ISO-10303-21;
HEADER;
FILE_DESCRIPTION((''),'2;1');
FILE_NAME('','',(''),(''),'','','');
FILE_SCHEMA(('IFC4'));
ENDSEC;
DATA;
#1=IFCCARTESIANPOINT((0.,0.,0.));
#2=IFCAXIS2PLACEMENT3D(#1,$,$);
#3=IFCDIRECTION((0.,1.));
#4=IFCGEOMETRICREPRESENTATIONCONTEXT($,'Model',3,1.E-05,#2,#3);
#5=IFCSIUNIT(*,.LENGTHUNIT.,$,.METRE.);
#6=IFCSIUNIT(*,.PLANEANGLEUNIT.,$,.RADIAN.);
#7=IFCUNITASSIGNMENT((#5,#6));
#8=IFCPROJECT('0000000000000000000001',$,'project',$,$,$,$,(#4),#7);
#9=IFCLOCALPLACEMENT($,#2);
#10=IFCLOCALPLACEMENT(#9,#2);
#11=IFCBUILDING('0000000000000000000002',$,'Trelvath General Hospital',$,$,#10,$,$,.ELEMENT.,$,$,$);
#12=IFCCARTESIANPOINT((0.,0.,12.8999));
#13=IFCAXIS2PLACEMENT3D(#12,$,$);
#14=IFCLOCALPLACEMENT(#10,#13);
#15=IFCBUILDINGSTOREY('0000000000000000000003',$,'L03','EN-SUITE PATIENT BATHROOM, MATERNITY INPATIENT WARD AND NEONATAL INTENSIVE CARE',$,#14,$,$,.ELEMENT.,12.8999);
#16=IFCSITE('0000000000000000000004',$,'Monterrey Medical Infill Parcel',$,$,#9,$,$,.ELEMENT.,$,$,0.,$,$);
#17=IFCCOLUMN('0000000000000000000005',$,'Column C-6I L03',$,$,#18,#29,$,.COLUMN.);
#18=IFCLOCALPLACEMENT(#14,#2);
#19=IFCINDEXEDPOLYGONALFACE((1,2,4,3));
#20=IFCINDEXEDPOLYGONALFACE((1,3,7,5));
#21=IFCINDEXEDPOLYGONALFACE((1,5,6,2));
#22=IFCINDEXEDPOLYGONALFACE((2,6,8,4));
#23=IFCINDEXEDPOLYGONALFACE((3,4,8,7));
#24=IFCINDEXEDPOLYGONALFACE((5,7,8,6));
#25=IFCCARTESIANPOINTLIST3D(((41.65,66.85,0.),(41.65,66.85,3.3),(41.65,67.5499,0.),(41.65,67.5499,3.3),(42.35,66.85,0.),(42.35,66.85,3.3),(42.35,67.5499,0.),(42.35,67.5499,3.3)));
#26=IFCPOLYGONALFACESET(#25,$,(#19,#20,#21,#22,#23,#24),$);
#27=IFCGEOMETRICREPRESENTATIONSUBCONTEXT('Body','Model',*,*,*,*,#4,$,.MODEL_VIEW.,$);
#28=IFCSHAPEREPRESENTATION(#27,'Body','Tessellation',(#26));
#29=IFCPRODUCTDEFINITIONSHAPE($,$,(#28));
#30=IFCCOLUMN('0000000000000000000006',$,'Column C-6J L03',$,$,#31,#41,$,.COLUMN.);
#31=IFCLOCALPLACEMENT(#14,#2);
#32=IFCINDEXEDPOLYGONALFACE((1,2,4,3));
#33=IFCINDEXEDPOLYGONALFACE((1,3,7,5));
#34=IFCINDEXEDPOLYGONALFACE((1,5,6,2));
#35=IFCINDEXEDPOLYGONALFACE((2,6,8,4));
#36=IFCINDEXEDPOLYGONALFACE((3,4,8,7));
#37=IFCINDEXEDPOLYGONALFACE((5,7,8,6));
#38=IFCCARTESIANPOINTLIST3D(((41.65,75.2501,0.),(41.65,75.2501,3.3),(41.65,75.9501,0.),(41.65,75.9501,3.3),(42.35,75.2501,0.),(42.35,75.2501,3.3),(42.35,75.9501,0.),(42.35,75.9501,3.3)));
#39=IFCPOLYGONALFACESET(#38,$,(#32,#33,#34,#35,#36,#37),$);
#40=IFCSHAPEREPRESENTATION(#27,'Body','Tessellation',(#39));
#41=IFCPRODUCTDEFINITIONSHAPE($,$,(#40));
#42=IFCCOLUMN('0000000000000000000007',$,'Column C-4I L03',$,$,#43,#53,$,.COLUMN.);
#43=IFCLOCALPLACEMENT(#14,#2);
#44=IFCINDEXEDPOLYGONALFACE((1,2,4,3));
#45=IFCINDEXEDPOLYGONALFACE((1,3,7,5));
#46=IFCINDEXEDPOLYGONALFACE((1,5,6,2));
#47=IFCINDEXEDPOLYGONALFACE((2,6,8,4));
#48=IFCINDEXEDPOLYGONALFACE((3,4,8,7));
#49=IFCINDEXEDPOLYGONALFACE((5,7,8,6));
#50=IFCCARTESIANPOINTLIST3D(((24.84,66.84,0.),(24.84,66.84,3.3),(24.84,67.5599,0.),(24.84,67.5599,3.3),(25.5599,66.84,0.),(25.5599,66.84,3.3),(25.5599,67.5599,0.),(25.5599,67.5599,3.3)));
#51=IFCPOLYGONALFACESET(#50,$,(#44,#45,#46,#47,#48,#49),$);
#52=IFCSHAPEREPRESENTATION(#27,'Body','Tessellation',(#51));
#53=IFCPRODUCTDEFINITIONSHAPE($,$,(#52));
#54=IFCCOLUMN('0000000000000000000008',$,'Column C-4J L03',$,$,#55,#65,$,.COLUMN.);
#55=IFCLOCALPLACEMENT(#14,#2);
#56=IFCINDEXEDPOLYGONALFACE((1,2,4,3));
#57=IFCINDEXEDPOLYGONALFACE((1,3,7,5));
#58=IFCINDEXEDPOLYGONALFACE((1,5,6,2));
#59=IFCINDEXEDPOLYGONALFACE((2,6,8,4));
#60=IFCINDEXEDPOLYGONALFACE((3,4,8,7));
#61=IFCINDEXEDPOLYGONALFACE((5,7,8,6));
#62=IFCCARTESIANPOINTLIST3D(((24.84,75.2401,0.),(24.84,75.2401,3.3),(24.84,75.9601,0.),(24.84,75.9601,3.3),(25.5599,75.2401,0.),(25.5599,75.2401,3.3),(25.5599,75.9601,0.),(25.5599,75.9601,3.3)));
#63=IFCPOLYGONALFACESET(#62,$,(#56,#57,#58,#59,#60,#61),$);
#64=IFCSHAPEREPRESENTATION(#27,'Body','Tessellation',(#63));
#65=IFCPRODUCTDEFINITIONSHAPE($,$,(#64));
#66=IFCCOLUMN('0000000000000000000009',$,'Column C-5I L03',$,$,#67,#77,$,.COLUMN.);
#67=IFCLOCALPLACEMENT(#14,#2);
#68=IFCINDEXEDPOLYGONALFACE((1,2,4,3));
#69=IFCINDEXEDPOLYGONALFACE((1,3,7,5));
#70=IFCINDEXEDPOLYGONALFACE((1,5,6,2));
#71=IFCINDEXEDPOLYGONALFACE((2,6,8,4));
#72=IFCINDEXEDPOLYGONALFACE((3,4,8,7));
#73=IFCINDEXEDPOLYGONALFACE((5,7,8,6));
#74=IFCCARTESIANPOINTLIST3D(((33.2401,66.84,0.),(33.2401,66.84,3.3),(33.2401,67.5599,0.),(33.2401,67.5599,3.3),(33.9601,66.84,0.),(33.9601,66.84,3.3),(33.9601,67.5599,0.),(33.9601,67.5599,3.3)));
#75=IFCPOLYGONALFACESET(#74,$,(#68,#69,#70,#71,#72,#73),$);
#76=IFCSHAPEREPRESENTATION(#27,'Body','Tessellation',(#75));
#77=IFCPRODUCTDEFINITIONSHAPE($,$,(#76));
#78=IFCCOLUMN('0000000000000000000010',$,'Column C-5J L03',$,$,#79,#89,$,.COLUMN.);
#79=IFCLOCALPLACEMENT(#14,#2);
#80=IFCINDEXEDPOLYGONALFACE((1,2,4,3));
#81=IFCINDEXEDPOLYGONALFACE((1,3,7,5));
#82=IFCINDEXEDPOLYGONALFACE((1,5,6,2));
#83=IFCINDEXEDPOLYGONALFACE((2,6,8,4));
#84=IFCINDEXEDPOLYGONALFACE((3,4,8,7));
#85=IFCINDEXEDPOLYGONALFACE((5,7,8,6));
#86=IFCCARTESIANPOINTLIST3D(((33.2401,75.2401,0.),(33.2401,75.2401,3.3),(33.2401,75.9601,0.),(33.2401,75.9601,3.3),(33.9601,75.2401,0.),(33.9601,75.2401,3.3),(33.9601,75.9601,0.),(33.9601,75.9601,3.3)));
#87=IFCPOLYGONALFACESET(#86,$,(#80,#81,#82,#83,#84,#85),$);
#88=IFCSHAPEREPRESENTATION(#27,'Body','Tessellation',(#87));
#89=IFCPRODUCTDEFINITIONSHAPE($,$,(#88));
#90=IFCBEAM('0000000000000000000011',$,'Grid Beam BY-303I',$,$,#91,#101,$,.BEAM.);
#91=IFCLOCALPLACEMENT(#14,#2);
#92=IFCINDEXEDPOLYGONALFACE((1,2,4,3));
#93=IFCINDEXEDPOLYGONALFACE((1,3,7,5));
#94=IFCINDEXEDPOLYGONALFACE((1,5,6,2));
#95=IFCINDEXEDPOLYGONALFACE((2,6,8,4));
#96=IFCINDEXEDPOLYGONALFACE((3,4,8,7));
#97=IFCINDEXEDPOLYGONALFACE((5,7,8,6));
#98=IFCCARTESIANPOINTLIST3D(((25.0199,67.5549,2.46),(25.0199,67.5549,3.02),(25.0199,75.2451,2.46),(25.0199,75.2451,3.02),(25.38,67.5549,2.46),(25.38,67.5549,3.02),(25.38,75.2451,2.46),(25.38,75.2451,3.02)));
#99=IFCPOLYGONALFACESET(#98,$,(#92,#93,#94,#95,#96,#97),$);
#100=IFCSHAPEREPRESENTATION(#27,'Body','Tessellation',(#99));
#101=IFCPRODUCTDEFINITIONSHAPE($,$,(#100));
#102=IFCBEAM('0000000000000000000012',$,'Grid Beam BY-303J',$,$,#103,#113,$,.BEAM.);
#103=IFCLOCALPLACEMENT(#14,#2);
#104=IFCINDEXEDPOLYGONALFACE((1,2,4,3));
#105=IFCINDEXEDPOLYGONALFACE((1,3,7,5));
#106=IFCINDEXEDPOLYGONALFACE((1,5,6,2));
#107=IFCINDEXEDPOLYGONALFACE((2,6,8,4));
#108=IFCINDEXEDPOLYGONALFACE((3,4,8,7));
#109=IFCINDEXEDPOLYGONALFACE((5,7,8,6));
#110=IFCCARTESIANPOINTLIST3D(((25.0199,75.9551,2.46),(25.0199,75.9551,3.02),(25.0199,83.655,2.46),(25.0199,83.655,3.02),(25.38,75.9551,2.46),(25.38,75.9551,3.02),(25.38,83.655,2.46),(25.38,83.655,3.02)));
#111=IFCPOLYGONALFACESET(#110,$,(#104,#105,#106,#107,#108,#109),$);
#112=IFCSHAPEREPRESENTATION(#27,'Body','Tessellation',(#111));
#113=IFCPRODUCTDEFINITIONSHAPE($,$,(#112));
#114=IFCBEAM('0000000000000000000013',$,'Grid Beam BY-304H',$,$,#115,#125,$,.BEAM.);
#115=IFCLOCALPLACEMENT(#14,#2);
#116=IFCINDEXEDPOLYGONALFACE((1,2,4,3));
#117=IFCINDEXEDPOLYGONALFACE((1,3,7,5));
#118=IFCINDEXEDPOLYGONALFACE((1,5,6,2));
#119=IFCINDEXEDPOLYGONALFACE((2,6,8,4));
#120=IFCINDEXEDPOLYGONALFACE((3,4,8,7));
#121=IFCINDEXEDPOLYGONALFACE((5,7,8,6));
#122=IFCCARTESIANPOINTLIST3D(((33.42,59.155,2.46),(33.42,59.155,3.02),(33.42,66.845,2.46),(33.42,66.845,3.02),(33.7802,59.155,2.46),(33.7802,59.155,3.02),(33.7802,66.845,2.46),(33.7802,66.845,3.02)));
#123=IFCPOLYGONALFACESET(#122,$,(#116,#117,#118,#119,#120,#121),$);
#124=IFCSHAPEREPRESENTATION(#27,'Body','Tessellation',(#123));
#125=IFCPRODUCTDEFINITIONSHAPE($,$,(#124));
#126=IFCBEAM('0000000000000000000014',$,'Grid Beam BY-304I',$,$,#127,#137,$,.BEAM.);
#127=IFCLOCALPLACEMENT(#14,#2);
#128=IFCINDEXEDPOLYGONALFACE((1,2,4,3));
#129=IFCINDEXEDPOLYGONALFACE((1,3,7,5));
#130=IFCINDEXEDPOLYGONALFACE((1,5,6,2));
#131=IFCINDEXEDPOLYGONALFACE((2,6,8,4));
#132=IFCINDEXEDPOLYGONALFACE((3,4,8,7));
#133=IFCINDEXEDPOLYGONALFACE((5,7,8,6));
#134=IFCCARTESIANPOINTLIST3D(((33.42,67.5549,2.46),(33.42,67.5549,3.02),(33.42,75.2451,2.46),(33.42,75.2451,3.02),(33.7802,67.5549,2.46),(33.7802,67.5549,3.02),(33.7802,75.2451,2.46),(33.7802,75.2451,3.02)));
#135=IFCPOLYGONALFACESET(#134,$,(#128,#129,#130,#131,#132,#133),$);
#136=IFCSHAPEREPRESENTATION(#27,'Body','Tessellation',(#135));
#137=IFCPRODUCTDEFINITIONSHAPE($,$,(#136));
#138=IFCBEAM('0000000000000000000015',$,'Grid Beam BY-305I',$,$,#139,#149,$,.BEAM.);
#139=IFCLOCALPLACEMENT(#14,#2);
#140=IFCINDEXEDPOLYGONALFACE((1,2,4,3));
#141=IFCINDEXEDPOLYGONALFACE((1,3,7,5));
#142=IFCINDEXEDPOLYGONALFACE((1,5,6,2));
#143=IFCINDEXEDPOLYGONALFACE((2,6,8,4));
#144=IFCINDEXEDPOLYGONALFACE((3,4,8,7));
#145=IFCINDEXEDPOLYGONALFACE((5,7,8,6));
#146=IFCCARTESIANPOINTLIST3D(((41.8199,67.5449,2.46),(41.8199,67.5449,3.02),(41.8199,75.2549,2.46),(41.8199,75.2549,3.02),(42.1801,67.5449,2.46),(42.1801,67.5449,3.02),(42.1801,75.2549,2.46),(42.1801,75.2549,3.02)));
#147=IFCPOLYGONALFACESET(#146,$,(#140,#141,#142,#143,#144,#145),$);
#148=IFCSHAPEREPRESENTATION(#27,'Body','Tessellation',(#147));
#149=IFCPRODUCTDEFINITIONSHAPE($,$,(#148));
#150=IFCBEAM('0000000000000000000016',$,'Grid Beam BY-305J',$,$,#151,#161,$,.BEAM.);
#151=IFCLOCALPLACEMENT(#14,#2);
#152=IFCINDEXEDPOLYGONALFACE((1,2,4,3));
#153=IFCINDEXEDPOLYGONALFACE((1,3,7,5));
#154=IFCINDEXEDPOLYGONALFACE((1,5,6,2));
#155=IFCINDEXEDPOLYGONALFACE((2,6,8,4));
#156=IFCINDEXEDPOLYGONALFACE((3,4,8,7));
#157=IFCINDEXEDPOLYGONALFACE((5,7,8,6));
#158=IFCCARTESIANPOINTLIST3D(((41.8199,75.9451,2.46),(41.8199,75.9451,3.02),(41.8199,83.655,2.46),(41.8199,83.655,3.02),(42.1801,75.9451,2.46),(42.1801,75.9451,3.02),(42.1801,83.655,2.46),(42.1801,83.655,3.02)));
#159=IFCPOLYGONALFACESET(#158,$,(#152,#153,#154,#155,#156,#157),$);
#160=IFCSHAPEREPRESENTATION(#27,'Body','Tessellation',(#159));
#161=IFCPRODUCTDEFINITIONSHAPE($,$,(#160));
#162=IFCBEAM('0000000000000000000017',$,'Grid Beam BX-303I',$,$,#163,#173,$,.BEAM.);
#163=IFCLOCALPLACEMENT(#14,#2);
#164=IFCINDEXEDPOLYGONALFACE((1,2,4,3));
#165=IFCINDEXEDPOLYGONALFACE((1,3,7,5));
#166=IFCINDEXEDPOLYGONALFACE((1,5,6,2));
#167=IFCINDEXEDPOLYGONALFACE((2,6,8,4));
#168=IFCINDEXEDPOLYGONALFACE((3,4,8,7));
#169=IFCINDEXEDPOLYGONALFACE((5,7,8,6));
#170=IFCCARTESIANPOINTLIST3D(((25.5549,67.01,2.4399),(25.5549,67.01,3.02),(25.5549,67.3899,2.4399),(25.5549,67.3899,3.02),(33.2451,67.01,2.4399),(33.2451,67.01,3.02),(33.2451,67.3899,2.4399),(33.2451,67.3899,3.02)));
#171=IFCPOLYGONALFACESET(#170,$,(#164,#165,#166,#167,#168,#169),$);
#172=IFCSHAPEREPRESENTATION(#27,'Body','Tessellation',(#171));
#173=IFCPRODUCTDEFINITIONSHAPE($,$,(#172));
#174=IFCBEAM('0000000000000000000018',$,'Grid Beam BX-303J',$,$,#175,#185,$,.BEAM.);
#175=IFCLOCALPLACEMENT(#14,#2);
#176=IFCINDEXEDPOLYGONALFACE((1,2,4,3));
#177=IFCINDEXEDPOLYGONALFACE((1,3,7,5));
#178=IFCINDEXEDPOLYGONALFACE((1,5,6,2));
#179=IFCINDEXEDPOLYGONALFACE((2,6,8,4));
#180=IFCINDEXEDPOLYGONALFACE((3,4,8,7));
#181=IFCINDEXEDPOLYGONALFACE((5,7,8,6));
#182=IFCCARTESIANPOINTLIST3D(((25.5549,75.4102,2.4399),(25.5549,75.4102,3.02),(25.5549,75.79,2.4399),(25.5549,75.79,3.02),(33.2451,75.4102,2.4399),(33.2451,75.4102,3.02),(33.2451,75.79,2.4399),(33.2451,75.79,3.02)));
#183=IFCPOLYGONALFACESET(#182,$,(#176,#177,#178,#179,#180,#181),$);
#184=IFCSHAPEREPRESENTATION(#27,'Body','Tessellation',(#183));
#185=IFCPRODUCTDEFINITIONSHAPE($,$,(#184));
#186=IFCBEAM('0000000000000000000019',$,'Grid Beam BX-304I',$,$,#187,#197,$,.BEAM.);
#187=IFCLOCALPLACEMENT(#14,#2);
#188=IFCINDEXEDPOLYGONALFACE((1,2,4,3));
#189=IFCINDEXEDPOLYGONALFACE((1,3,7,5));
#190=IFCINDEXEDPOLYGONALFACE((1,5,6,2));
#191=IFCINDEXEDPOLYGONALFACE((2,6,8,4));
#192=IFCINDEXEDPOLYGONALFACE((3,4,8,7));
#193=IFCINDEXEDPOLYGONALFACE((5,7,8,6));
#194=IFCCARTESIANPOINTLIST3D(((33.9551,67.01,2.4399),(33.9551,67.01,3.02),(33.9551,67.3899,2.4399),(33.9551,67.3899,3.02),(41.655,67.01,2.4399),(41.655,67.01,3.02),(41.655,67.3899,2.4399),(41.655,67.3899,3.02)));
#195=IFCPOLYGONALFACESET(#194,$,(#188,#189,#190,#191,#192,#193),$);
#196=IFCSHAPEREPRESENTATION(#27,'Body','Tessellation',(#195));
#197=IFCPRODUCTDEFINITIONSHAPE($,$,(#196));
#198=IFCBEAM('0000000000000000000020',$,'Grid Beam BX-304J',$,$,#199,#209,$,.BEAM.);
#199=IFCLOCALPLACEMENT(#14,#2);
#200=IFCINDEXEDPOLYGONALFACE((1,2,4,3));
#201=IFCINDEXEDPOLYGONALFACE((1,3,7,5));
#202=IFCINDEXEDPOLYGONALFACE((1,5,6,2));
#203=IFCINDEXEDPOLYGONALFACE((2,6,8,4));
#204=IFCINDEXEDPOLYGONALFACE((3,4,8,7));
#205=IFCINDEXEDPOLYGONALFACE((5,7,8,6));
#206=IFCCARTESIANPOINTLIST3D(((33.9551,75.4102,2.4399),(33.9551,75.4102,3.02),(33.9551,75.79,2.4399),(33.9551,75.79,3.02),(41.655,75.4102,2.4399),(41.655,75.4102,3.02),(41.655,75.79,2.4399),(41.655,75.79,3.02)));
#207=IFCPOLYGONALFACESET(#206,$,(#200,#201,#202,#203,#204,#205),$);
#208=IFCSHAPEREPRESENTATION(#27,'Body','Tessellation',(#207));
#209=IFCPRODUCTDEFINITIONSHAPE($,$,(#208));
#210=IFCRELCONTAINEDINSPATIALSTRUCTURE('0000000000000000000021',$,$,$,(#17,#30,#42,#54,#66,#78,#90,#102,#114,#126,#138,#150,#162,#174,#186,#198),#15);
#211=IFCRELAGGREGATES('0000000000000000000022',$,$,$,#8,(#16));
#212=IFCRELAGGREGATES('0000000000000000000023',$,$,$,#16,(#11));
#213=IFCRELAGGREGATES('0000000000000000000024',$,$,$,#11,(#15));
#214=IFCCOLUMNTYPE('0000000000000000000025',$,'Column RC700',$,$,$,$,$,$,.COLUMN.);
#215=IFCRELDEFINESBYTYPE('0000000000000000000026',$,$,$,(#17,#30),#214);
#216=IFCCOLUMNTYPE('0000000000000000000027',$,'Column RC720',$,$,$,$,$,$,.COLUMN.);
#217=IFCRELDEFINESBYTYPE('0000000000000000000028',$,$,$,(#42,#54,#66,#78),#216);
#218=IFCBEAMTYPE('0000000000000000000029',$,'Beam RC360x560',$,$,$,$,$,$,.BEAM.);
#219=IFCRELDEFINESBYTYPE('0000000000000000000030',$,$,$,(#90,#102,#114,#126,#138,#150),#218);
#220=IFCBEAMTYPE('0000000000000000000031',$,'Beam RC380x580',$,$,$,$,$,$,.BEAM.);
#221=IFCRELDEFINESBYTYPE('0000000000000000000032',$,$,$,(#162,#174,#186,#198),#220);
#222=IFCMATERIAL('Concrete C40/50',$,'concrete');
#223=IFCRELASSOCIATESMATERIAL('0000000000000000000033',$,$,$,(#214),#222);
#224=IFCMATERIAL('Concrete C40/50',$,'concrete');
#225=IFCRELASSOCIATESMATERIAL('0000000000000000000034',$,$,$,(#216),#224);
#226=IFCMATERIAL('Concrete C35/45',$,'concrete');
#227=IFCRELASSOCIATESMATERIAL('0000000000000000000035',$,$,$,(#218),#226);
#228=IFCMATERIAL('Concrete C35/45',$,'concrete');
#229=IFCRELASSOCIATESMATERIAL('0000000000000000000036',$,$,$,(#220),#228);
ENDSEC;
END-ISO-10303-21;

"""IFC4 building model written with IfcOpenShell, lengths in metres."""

from ifc_helpers import new_model, si_unit, direction, frame, origin, origin_2d, place, context, subcontext, project, spatial, rectangle, extrude, material, material_profile, profile_set, type_object, element, save


model = new_model("IFC4")

# Units and contexts
model_context = context("Model", 3, precision=1e-05, world=origin(), true_north=direction((0.0, 1.0)))
body_context = subcontext(model_context, "Body", "Model", "MODEL_VIEW")
ifc_project = project(units=[si_unit("LENGTHUNIT", "METRE"), si_unit("PLANEANGLEUNIT", "RADIAN")], contexts=[model_context])

# Site, building, storey
site_placement = place(None, origin())
site = spatial("IfcSite", under=ifc_project, at=site_placement, Name="Monterrey Medical Infill Parcel", CompositionType="ELEMENT", RefElevation=0.0)
building_placement = place(site_placement, origin())
building = spatial("IfcBuilding", under=site, at=building_placement, Name="Trelvath General Hospital", CompositionType="ELEMENT")
storey_placement = place(building_placement, frame((0.0, 0.0, 12.8999)))
storey = spatial("IfcBuildingStorey", under=building, at=storey_placement, Name="L03", Description="EN-SUITE PATIENT BATHROOM, MATERNITY INPATIENT WARD AND NEONATAL INTENSIVE CARE", CompositionType="ELEMENT", Elevation=12.8999)

# Columns
ifc_material_1 = material(Name="Concrete C40/50", Category="concrete")
ifc_material_profile_1 = material_profile(ifc_material_1, rectangle(XDim=0.7, YDim=0.7, at=origin_2d()), Name="RC700x700")
ifc_profile_set_1 = profile_set([ifc_material_profile_1], Name="Concrete C40/50")
column_type_1 = type_object("IfcColumnType", Name="Column RC700", PredefinedType="COLUMN", material=ifc_profile_set_1)
for number, where, z_axis, x_axis, name in (
    (1, (42.0, 67.2, 0.0), (0.0, 0.0, 1.0), (1.0, 0.0, 0.0), "Column C-6I L03"),
    (2, (42.0, 75.6001, 0.0), (0.0, 0.0, 1.0), (1.0, 0.0, 0.0), "Column C-6J L03"),
):
    element("IfcColumn", number, at=place(storey_placement, frame(where, z_axis=z_axis, x_axis=x_axis)), inside=storey, type_object=column_type_1, Name=name, PredefinedType="COLUMN", context=body_context, shape_type="SweptSolid", body=[
        extrude(rectangle(XDim=0.7, YDim=0.7, at=origin_2d()), origin(), (0.0, 0.0, 1.0), 3.3),
    ])
ifc_material_2 = material(Name="Concrete C40/50", Category="concrete")
ifc_material_profile_2 = material_profile(ifc_material_2, rectangle(XDim=0.72, YDim=0.72, at=origin_2d()), Name="RC720x720")
ifc_profile_set_2 = profile_set([ifc_material_profile_2], Name="Concrete C40/50")
column_type_2 = type_object("IfcColumnType", Name="Column RC720", PredefinedType="COLUMN", material=ifc_profile_set_2)
for number, where, z_axis, x_axis, name in (
    (3, (25.2, 67.2, 0.0), (0.0, 0.0, 1.0), (1.0, 0.0, 0.0), "Column C-4I L03"),
    (4, (25.2, 75.6001, 0.0), (0.0, 0.0, 1.0), (1.0, 0.0, 0.0), "Column C-4J L03"),
    (5, (33.6001, 67.2, 0.0), (0.0, 0.0, 1.0), (1.0, 0.0, 0.0), "Column C-5I L03"),
    (6, (33.6001, 75.6001, 0.0), (0.0, 0.0, 1.0), (1.0, 0.0, 0.0), "Column C-5J L03"),
):
    element("IfcColumn", number, at=place(storey_placement, frame(where, z_axis=z_axis, x_axis=x_axis)), inside=storey, type_object=column_type_2, Name=name, PredefinedType="COLUMN", context=body_context, shape_type="SweptSolid", body=[
        extrude(rectangle(XDim=0.72, YDim=0.72, at=origin_2d()), origin(), (0.0, 0.0, 1.0), 3.3),
    ])

# Beams
ifc_material_3 = material(Name="Concrete C35/45", Category="concrete")
ifc_material_profile_3 = material_profile(ifc_material_3, rectangle(XDim=0.3601, YDim=0.5601, at=origin_2d()), Name="RCB360x560")
ifc_profile_set_3 = profile_set([ifc_material_profile_3], Name="Concrete C35/45")
beam_type_1 = type_object("IfcBeamType", Name="Beam RC360x560", PredefinedType="BEAM", material=ifc_profile_set_3)
beam_1_placement = place(storey_placement, frame((25.2, 67.5549, 2.74), z_axis=(0.0, 1.0, 0.0), x_axis=(-1.0, 0.0, 0.0)))
element("IfcBeam", 7, at=beam_1_placement, inside=storey, type_object=beam_type_1, Name="Grid Beam BY-303I", PredefinedType="BEAM", context=body_context, shape_type="SweptSolid", body=[
    extrude(rectangle(XDim=0.3601, YDim=0.5601, at=origin_2d()), origin(), (0.0, 0.0, 1.0), 7.6902),
])
beam_2_placement = place(storey_placement, frame((25.2, 75.9551, 2.74), z_axis=(0.0, 1.0, 0.0), x_axis=(-1.0, 0.0, 0.0)))
element("IfcBeam", 8, at=beam_2_placement, inside=storey, type_object=beam_type_1, Name="Grid Beam BY-303J", PredefinedType="BEAM", context=body_context, shape_type="SweptSolid", body=[
    extrude(rectangle(XDim=0.3601, YDim=0.5601, at=origin_2d()), origin(), (0.0, 0.0, 1.0), 7.7),
])
beam_3_placement = place(storey_placement, frame((33.6001, 59.155, 2.74), z_axis=(0.0, 1.0, 0.0), x_axis=(-1.0, 0.0, 0.0)))
element("IfcBeam", 9, at=beam_3_placement, inside=storey, type_object=beam_type_1, Name="Grid Beam BY-304H", PredefinedType="BEAM", context=body_context, shape_type="SweptSolid", body=[
    extrude(rectangle(XDim=0.3601, YDim=0.5601, at=origin_2d()), origin(), (0.0, 0.0, 1.0), 7.6899),
])
beam_4_placement = place(storey_placement, frame((33.6001, 67.5549, 2.74), z_axis=(0.0, 1.0, 0.0), x_axis=(-1.0, 0.0, 0.0)))
element("IfcBeam", 10, at=beam_4_placement, inside=storey, type_object=beam_type_1, Name="Grid Beam BY-304I", PredefinedType="BEAM", context=body_context, shape_type="SweptSolid", body=[
    extrude(rectangle(XDim=0.3601, YDim=0.5601, at=origin_2d()), origin(), (0.0, 0.0, 1.0), 7.6902),
])
for number, where, z_axis, x_axis, name in (
    (11, (42.0, 67.5449, 2.74), (0.0, 1.0, 0.0), (-1.0, 0.0, 0.0), "Grid Beam BY-305I"),
    (12, (42.0, 75.9451, 2.74), (0.0, 1.0, 0.0), (-1.0, 0.0, 0.0), "Grid Beam BY-305J"),
):
    element("IfcBeam", number, at=place(storey_placement, frame(where, z_axis=z_axis, x_axis=x_axis)), inside=storey, type_object=beam_type_1, Name=name, PredefinedType="BEAM", context=body_context, shape_type="SweptSolid", body=[
        extrude(rectangle(XDim=0.3601, YDim=0.5601, at=origin_2d()), origin(), (0.0, 0.0, 1.0), 7.71),
    ])
ifc_material_4 = material(Name="Concrete C35/45", Category="concrete")
ifc_material_profile_4 = material_profile(ifc_material_4, rectangle(XDim=0.3799, YDim=0.5801, at=origin_2d()), Name="RCB380x580")
ifc_profile_set_4 = profile_set([ifc_material_profile_4], Name="Concrete C35/45")
beam_type_2 = type_object("IfcBeamType", Name="Beam RC380x580", PredefinedType="BEAM", material=ifc_profile_set_4)
for number, where, z_axis, x_axis, name in (
    (13, (25.5549, 67.2, 2.73), (1.0, 0.0, 0.0), (0.0, 1.0, 0.0), "Grid Beam BX-303I"),
    (14, (25.5549, 75.6001, 2.73), (1.0, 0.0, 0.0), (0.0, 1.0, 0.0), "Grid Beam BX-303J"),
):
    element("IfcBeam", number, at=place(storey_placement, frame(where, z_axis=z_axis, x_axis=x_axis)), inside=storey, type_object=beam_type_2, Name=name, PredefinedType="BEAM", context=body_context, shape_type="SweptSolid", body=[
        extrude(rectangle(XDim=0.3799, YDim=0.5801, at=origin_2d()), origin(), (0.0, 0.0, 1.0), 7.6902),
    ])
for number, where, z_axis, x_axis, name in (
    (15, (33.9551, 67.2, 2.73), (1.0, 0.0, 0.0), (0.0, 1.0, 0.0), "Grid Beam BX-304I"),
    (16, (33.9551, 75.6001, 2.73), (1.0, 0.0, 0.0), (0.0, 1.0, 0.0), "Grid Beam BX-304J"),
):
    element("IfcBeam", number, at=place(storey_placement, frame(where, z_axis=z_axis, x_axis=x_axis)), inside=storey, type_object=beam_type_2, Name=name, PredefinedType="BEAM", context=body_context, shape_type="SweptSolid", body=[
        extrude(rectangle(XDim=0.3799, YDim=0.5801, at=origin_2d()), origin(), (0.0, 0.0, 1.0), 7.7),
    ])

save(model, "model.ifc")
